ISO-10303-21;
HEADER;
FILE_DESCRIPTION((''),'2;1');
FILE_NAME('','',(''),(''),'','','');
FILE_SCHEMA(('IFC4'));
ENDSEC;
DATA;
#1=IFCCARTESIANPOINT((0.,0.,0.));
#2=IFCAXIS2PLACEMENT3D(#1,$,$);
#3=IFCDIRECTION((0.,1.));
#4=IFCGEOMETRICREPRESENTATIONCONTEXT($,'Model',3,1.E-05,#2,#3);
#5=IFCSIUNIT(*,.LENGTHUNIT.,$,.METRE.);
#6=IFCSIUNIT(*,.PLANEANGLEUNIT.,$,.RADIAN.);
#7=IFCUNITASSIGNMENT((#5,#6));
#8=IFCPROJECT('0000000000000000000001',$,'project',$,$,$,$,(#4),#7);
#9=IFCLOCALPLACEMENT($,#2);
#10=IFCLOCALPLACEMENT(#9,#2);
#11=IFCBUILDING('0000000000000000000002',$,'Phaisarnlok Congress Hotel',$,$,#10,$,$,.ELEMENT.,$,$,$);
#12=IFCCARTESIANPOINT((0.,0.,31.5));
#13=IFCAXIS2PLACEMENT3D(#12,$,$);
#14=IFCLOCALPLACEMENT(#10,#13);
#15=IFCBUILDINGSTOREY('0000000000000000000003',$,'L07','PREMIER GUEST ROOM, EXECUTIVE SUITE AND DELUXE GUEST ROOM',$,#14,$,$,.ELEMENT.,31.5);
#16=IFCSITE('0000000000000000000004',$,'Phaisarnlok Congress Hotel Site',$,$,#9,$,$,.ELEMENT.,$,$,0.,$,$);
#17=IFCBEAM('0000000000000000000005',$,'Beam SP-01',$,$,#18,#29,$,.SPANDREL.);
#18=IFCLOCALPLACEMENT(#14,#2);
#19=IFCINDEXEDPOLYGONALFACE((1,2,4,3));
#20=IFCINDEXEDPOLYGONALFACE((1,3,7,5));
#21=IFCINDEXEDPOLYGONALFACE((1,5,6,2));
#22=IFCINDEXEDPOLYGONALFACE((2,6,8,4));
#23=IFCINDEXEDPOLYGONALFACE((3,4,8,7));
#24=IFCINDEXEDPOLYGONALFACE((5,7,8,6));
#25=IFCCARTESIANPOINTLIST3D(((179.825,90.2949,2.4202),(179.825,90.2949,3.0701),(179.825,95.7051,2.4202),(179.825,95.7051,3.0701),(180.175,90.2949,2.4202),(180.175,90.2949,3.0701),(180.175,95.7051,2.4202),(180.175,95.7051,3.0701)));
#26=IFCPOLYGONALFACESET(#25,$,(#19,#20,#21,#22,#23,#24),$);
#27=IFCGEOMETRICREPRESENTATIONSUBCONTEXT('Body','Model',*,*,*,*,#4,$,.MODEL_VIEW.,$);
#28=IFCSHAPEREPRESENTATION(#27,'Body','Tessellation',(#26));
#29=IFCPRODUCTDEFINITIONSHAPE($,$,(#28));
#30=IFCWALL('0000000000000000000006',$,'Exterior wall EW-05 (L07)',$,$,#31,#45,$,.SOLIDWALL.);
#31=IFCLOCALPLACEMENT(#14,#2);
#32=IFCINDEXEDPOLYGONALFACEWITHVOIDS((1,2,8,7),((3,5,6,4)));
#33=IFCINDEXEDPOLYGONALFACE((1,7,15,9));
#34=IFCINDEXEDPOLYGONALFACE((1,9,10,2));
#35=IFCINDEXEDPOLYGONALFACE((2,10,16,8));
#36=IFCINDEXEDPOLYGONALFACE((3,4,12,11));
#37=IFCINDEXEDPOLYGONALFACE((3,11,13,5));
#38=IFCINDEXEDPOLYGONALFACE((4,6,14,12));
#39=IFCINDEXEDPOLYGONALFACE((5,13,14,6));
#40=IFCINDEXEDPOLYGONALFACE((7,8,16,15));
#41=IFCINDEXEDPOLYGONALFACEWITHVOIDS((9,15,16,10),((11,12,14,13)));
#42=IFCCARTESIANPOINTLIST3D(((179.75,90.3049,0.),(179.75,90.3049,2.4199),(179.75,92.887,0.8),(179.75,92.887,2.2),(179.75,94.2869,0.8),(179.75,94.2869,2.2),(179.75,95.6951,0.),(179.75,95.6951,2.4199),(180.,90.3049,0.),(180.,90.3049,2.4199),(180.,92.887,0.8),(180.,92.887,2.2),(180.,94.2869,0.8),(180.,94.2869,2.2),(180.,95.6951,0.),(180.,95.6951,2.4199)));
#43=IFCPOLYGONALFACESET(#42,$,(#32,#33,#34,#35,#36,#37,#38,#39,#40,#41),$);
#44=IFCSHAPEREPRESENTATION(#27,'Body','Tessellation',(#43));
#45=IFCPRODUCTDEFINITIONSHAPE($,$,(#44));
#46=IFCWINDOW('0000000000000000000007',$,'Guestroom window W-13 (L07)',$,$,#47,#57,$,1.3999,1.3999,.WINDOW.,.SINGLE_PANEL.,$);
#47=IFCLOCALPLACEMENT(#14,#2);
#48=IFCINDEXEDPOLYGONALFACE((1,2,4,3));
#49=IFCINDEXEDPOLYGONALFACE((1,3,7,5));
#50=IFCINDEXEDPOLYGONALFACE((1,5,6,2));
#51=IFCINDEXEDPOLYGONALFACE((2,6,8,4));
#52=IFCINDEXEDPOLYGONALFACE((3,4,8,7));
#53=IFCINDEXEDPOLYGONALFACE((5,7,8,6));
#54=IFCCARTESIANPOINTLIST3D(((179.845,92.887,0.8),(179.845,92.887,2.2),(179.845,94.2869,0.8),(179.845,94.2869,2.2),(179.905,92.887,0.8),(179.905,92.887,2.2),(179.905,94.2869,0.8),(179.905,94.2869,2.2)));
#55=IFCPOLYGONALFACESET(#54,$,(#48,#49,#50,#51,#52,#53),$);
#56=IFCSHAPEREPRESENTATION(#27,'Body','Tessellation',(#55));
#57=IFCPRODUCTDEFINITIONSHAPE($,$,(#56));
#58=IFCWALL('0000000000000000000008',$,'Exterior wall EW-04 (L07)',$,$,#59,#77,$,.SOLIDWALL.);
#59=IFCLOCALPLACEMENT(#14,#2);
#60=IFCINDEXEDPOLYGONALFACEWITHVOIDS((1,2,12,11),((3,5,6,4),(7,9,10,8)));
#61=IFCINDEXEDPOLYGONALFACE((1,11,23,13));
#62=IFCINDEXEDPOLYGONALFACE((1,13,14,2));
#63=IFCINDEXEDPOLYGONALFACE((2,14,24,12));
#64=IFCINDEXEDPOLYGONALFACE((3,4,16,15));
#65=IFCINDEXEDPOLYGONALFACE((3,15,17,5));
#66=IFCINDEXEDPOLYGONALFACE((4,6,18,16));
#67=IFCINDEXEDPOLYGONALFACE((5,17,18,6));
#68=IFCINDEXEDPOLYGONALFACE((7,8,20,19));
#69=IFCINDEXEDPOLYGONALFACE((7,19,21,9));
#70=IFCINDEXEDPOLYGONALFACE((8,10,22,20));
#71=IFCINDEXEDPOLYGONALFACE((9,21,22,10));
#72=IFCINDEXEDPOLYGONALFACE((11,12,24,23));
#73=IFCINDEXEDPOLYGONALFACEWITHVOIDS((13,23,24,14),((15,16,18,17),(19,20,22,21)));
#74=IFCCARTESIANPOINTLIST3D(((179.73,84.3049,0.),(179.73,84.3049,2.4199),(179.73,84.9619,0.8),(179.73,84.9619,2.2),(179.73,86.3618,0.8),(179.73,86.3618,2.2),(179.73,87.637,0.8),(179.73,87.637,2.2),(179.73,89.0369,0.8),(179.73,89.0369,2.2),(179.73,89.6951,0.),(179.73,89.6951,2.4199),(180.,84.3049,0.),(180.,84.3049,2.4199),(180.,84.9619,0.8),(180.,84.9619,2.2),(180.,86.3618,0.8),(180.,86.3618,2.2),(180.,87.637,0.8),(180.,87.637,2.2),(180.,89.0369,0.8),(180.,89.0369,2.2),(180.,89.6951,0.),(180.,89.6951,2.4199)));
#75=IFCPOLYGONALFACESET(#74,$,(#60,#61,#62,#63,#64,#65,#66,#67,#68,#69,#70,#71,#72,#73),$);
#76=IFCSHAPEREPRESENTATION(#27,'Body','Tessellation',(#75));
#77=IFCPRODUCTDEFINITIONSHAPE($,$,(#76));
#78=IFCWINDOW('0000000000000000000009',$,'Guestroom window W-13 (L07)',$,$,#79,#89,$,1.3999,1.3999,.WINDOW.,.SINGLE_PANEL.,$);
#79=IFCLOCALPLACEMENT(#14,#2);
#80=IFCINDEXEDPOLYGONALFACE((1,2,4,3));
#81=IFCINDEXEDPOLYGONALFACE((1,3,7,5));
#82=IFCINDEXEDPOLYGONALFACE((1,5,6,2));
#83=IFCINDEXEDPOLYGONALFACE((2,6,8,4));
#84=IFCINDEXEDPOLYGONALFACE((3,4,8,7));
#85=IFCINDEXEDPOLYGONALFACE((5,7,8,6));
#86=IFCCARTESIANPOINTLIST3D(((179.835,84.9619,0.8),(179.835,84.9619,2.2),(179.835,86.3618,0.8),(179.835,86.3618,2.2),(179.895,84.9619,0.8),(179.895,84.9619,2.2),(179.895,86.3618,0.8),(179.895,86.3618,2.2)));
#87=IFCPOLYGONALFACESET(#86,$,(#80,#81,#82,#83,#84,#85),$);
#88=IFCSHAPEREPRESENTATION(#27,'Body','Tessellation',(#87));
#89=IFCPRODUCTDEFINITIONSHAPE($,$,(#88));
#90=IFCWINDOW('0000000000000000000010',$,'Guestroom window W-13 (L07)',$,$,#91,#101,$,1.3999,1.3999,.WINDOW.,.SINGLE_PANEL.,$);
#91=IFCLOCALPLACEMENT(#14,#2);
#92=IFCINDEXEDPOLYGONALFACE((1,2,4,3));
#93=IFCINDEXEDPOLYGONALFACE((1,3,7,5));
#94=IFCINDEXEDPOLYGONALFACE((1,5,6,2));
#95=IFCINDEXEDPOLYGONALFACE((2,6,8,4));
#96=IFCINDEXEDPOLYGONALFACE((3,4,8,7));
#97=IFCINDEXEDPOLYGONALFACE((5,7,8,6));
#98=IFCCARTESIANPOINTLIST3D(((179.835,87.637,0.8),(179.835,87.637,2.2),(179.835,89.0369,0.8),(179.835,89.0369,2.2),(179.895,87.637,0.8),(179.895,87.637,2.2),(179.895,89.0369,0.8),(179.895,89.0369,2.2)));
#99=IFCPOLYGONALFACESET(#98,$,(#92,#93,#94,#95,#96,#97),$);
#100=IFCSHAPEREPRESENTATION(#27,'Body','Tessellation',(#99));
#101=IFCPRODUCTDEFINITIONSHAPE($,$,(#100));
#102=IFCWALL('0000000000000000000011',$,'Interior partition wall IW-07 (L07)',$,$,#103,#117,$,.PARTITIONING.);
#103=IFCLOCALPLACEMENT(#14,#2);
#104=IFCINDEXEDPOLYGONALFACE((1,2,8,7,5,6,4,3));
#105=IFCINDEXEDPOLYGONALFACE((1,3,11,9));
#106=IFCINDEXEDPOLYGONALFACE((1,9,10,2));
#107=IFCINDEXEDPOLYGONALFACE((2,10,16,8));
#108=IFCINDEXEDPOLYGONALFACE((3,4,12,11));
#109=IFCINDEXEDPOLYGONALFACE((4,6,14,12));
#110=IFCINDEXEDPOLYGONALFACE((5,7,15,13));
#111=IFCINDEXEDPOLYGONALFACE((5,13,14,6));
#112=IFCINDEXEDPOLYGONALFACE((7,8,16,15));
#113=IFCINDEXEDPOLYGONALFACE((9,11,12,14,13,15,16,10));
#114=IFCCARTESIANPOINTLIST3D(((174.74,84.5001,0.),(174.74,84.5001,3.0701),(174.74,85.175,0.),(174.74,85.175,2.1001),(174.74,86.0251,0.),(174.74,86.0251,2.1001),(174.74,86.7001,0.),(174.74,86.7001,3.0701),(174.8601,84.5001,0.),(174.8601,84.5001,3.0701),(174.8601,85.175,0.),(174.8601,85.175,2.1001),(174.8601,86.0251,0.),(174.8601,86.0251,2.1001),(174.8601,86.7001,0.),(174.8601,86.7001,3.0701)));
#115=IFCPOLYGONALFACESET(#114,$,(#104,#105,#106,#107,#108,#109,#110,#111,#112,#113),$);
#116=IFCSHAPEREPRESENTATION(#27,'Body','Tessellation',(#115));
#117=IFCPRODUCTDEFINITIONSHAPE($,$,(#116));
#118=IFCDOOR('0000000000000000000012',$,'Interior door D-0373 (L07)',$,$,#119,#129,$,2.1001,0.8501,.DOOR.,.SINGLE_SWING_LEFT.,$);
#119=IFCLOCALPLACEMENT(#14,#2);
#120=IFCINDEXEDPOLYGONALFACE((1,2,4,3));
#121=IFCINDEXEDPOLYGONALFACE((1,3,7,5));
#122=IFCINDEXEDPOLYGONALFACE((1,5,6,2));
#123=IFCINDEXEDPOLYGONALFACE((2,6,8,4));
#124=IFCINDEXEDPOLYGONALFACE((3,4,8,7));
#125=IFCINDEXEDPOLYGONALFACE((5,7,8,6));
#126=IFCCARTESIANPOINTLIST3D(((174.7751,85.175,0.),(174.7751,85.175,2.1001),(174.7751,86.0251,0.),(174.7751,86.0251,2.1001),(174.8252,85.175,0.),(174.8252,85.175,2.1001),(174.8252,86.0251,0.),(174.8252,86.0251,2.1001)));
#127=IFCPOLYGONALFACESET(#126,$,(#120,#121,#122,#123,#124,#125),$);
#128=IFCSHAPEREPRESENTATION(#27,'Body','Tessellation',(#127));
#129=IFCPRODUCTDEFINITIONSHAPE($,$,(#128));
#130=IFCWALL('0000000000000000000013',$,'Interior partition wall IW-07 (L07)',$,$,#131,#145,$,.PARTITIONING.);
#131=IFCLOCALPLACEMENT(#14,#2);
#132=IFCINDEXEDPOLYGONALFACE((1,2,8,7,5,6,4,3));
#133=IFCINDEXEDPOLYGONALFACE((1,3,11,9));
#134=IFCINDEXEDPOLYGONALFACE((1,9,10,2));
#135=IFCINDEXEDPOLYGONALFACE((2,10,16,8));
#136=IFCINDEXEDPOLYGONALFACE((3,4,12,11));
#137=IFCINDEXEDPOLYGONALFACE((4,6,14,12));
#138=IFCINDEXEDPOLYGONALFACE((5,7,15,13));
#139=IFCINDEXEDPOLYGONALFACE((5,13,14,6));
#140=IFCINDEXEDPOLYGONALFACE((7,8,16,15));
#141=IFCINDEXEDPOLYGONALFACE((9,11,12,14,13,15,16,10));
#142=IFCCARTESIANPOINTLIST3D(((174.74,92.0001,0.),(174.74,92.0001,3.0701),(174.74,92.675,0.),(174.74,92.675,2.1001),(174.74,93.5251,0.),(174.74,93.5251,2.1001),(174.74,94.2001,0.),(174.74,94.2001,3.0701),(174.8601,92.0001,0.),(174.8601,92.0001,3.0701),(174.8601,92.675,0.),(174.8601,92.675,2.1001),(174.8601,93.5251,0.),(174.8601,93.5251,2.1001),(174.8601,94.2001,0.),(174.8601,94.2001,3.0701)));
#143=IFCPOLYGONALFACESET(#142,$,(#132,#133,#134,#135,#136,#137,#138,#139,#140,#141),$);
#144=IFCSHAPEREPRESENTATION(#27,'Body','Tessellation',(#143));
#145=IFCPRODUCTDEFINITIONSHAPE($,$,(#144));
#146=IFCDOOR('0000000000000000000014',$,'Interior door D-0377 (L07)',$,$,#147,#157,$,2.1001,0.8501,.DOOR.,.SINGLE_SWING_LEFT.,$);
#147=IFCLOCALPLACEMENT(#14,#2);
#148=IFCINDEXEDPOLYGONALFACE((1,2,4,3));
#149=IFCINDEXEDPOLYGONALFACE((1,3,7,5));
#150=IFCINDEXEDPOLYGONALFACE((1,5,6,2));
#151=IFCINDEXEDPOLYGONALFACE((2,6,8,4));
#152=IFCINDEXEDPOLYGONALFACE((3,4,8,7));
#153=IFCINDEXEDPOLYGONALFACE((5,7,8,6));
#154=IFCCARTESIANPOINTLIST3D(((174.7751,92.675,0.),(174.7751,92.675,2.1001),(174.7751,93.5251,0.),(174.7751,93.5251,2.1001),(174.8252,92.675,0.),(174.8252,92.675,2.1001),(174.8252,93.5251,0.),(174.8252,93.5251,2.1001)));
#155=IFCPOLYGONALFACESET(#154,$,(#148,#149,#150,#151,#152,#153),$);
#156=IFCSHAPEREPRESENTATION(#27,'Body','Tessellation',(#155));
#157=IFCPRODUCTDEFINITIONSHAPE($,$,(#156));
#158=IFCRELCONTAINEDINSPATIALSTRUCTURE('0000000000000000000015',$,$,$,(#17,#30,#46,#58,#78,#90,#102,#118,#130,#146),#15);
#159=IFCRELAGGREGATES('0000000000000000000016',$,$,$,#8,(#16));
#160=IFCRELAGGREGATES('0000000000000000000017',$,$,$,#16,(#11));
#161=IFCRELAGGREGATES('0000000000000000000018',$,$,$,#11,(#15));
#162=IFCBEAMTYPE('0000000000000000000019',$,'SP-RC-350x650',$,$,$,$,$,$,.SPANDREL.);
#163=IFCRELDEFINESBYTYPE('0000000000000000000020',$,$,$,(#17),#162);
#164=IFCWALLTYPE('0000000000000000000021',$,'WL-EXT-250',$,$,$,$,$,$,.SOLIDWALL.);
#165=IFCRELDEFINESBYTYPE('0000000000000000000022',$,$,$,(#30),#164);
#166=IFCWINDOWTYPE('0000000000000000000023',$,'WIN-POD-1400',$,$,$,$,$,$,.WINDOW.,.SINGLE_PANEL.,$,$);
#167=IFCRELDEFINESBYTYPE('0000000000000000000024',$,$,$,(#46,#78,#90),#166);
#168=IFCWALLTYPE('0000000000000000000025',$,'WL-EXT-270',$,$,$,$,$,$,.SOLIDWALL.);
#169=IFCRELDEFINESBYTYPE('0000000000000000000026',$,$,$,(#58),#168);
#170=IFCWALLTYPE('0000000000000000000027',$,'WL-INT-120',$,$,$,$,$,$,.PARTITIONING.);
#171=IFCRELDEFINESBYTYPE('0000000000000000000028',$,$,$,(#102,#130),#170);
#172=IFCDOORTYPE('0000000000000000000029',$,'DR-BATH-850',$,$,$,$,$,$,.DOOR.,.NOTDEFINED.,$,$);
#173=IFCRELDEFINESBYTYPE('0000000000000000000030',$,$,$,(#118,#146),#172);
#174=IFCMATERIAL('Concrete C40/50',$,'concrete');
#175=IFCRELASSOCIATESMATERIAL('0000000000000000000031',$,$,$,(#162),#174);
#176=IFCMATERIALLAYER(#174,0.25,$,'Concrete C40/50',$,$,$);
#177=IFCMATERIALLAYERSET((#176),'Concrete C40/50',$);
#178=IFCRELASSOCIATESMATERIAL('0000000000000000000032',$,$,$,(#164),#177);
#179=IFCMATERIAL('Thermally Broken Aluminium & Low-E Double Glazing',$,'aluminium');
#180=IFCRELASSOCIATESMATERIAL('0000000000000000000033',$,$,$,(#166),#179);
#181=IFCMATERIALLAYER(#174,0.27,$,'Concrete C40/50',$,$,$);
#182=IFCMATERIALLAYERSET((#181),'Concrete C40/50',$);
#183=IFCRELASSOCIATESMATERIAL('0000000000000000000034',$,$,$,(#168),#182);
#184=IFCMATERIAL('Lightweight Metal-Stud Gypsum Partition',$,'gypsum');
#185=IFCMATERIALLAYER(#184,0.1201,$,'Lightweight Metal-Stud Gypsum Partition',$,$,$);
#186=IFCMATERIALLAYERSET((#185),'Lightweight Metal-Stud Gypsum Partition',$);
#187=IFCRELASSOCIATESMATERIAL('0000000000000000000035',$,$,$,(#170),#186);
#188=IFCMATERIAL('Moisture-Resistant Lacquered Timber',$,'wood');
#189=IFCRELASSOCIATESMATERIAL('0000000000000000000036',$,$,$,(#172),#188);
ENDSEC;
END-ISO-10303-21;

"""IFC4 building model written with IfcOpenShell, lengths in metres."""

from ifc_helpers import new_model, si_unit, direction, frame, frame_2d, origin, origin_2d, place, context, subcontext, project, spatial, rectangle, extrude, material, layer, layer_set, material_profile, profile_set, type_object, element, fill, save


model = new_model("IFC4")

# Units and contexts
model_context = context("Model", 3, precision=1e-05, world=origin(), true_north=direction((0.0, 1.0)))
body_context = subcontext(model_context, "Body", "Model", "MODEL_VIEW")
ifc_project = project(units=[si_unit("LENGTHUNIT", "METRE"), si_unit("PLANEANGLEUNIT", "RADIAN")], contexts=[model_context])

# Site, building, storey
site_placement = place(None, origin())
site = spatial("IfcSite", under=ifc_project, at=site_placement, Name="Phaisarnlok Congress Hotel Site", CompositionType="ELEMENT", RefElevation=0.0)
building_placement = place(site_placement, origin())
building = spatial("IfcBuilding", under=site, at=building_placement, Name="Phaisarnlok Congress Hotel", CompositionType="ELEMENT")
storey_placement = place(building_placement, frame((0.0, 0.0, 31.5)))
storey = spatial("IfcBuildingStorey", under=building, at=storey_placement, Name="L07", Description="PREMIER GUEST ROOM, EXECUTIVE SUITE AND DELUXE GUEST ROOM", CompositionType="ELEMENT", Elevation=31.5)

# Beam
ifc_material_1 = material(Name="Concrete C40/50", Category="concrete")
ifc_material_profile_1 = material_profile(ifc_material_1, rectangle(XDim=0.3501, YDim=0.6499, at=origin_2d()), Name="RC 350x650")
ifc_profile_set_1 = profile_set([ifc_material_profile_1], Name="Concrete C40/50")
beam_type_1 = type_object("IfcBeamType", Name="SP-RC-350x650", PredefinedType="SPANDREL", material=ifc_profile_set_1)
for number, where, z_axis, x_axis, name in (
    (1, (180.0, 90.2949, 2.7451), (0.0, 1.0, 0.0), (-1.0, 0.0, 0.0), "Beam SP-01"),
):
    element("IfcBeam", number, at=place(storey_placement, frame(where, z_axis=z_axis, x_axis=x_axis)), inside=storey, type_object=beam_type_1, Name=name, PredefinedType="SPANDREL", context=body_context, shape_type="SweptSolid", body=[
        extrude(rectangle(XDim=0.3501, YDim=0.6499, at=origin_2d()), origin(), (0.0, 0.0, 1.0), 5.4102),
    ])

# Wall, opening, window
ifc_layer_1 = layer(ifc_material_1, 0.25, Name="Concrete C40/50")
ifc_layer_set_1 = layer_set([ifc_layer_1], Name="Concrete C40/50")
wall_type_1 = type_object("IfcWallType", Name="WL-EXT-250", PredefinedType="SOLIDWALL", material=ifc_layer_set_1)
wall_1_placement = place(storey_placement, frame((179.875, 90.3049, 0.0), z_axis=(0.0, 0.0, 1.0), x_axis=(0.0, 1.0, 0.0)))
wall_1 = element("IfcWall", 2, at=wall_1_placement, inside=storey, type_object=wall_type_1, Name="Exterior wall EW-05 (L07)", PredefinedType="SOLIDWALL", context=body_context, shape_type="SweptSolid", body=[
    extrude(rectangle(XDim=5.3901, YDim=0.25, at=frame_2d((2.6951, 0.0))), origin(), (0.0, 0.0, 1.0), 2.4199),
])
opening_1_placement = place(wall_1_placement, frame((2.582, 0.0, 0.8)))
opening_1 = element("IfcOpeningElement", 3, at=opening_1_placement, cuts=wall_1, PredefinedType="OPENING", context=body_context, shape_type="SweptSolid", body=[
    extrude(rectangle(XDim=1.3999, YDim=1.3999, at=frame_2d((0.7, 0.7))), frame((0.0, 0.135, 0.0), z_axis=(0.0, -1.0, 0.0), x_axis=(1.0, 0.0, 0.0)), (0.0, 0.0, 1.0), 0.27),
])
ifc_material_2 = material(Name="Thermally Broken Aluminium & Low-E Double Glazing", Category="aluminium")
window_type = type_object("IfcWindowType", Name="WIN-POD-1400", PartitioningType="SINGLE_PANEL", PredefinedType="WINDOW", material=ifc_material_2)
window_1_placement = place(opening_1_placement, origin())
window_1 = element("IfcWindow", 4, at=window_1_placement, inside=storey, type_object=window_type, Name="Guestroom window W-13 (L07)", OverallHeight=1.3999, OverallWidth=1.3999, PartitioningType="SINGLE_PANEL", PredefinedType="WINDOW", context=body_context, shape_type="SweptSolid", body=[
    extrude(rectangle(XDim=1.3999, YDim=1.3999, at=frame_2d((0.7, 0.7))), frame((0.0, 0.03, 0.0), z_axis=(0.0, -1.0, 0.0), x_axis=(1.0, 0.0, 0.0)), (0.0, 0.0, 1.0), 0.0601),
])
fill(opening_1, window_1)

# Wall, openings, windows
ifc_layer_2 = layer(ifc_material_1, 0.27, Name="Concrete C40/50")
ifc_layer_set_2 = layer_set([ifc_layer_2], Name="Concrete C40/50")
wall_type_2 = type_object("IfcWallType", Name="WL-EXT-270", PredefinedType="SOLIDWALL", material=ifc_layer_set_2)
wall_2_placement = place(storey_placement, frame((179.865, 84.3049, 0.0), z_axis=(0.0, 0.0, 1.0), x_axis=(0.0, 1.0, 0.0)))
wall_2 = element("IfcWall", 5, at=wall_2_placement, inside=storey, type_object=wall_type_2, Name="Exterior wall EW-04 (L07)", PredefinedType="SOLIDWALL", context=body_context, shape_type="SweptSolid", body=[
    extrude(rectangle(XDim=5.3901, YDim=0.27, at=frame_2d((2.6951, 0.0))), origin(), (0.0, 0.0, 1.0), 2.4199),
])
opening_2_placement = place(wall_2_placement, frame((0.657, 0.0, 0.8)))
opening_2 = element("IfcOpeningElement", 6, at=opening_2_placement, cuts=wall_2, PredefinedType="OPENING", context=body_context, shape_type="SweptSolid", body=[
    extrude(rectangle(XDim=1.3999, YDim=1.3999, at=frame_2d((0.7, 0.7))), frame((0.0, 0.145, 0.0), z_axis=(0.0, -1.0, 0.0), x_axis=(1.0, 0.0, 0.0)), (0.0, 0.0, 1.0), 0.29),
])
opening_3_placement = place(wall_2_placement, frame((3.332, 0.0, 0.8)))
opening_3 = element("IfcOpeningElement", 7, at=opening_3_placement, cuts=wall_2, PredefinedType="OPENING", context=body_context, shape_type="SweptSolid", body=[
    extrude(rectangle(XDim=1.3999, YDim=1.3999, at=frame_2d((0.7, 0.7))), frame((0.0, 0.145, 0.0), z_axis=(0.0, -1.0, 0.0), x_axis=(1.0, 0.0, 0.0)), (0.0, 0.0, 1.0), 0.29),
])
window_2_placement = place(opening_2_placement, origin())
window_2 = element("IfcWindow", 8, at=window_2_placement, inside=storey, type_object=window_type, Name="Guestroom window W-13 (L07)", OverallHeight=1.3999, OverallWidth=1.3999, PartitioningType="SINGLE_PANEL", PredefinedType="WINDOW", context=body_context, shape_type="SweptSolid", body=[
    extrude(rectangle(XDim=1.3999, YDim=1.3999, at=frame_2d((0.7, 0.7))), frame((0.0, 0.03, 0.0), z_axis=(0.0, -1.0, 0.0), x_axis=(1.0, 0.0, 0.0)), (0.0, 0.0, 1.0), 0.0601),
])
fill(opening_2, window_2)
window_3_placement = place(opening_3_placement, origin())
window_3 = element("IfcWindow", 9, at=window_3_placement, inside=storey, type_object=window_type, Name="Guestroom window W-13 (L07)", OverallHeight=1.3999, OverallWidth=1.3999, PartitioningType="SINGLE_PANEL", PredefinedType="WINDOW", context=body_context, shape_type="SweptSolid", body=[
    extrude(rectangle(XDim=1.3999, YDim=1.3999, at=frame_2d((0.7, 0.7))), frame((0.0, 0.03, 0.0), z_axis=(0.0, -1.0, 0.0), x_axis=(1.0, 0.0, 0.0)), (0.0, 0.0, 1.0), 0.0601),
])
fill(opening_3, window_3)

# Walls, openings, doors
ifc_material_3 = material(Name="Lightweight Metal-Stud Gypsum Partition", Category="gypsum")
ifc_layer_3 = layer(ifc_material_3, 0.1201, Name="Lightweight Metal-Stud Gypsum Partition")
ifc_layer_set_3 = layer_set([ifc_layer_3], Name="Lightweight Metal-Stud Gypsum Partition")
wall_type_3 = type_object("IfcWallType", Name="WL-INT-120", PredefinedType="PARTITIONING", material=ifc_layer_set_3)
wall_3_placement = place(storey_placement, frame((174.8, 84.5, 0.0), z_axis=(0.0, 0.0, 1.0), x_axis=(0.0, 1.0, 0.0)))
wall_3 = element("IfcWall", 10, at=wall_3_placement, inside=storey, type_object=wall_type_3, Name="Interior partition wall IW-07 (L07)", PredefinedType="PARTITIONING", context=body_context, shape_type="SweptSolid", body=[
    extrude(rectangle(XDim=2.2, YDim=0.1201, at=frame_2d((1.1001, 0.0))), origin(), (0.0, 0.0, 1.0), 3.0701),
])
opening_4_placement = place(wall_3_placement, frame((0.675, 0.0, 0.0)))
opening_4 = element("IfcOpeningElement", 11, at=opening_4_placement, cuts=wall_3, PredefinedType="OPENING", context=body_context, shape_type="SweptSolid", body=[
    extrude(rectangle(XDim=0.8501, YDim=2.1001, at=frame_2d((0.425, 1.05))), frame((0.0, 0.0701, 0.0), z_axis=(0.0, -1.0, 0.0), x_axis=(1.0, 0.0, 0.0)), (0.0, 0.0, 1.0), 0.1401),
])
ifc_material_4 = material(Name="Moisture-Resistant Lacquered Timber", Category="wood")
door_type = type_object("IfcDoorType", Name="DR-BATH-850", OperationType="NOTDEFINED", PredefinedType="DOOR", material=ifc_material_4)
door_1_placement = place(opening_4_placement, origin())
door_1 = element("IfcDoor", 12, at=door_1_placement, inside=storey, type_object=door_type, Name="Interior door D-0373 (L07)", OperationType="SINGLE_SWING_LEFT", OverallHeight=2.1001, OverallWidth=0.8501, PredefinedType="DOOR", context=body_context, shape_type="SweptSolid", body=[
    extrude(rectangle(XDim=0.8501, YDim=2.1001, at=frame_2d((0.425, 1.05))), frame((0.0, 0.0249, 0.0), z_axis=(0.0, -1.0, 0.0), x_axis=(1.0, 0.0, 0.0)), (0.0, 0.0, 1.0), 0.05),
])
fill(opening_4, door_1)
wall_4_placement = place(storey_placement, frame((174.8, 92.0, 0.0), z_axis=(0.0, 0.0, 1.0), x_axis=(0.0, 1.0, 0.0)))
wall_4 = element("IfcWall", 13, at=wall_4_placement, inside=storey, type_object=wall_type_3, Name="Interior partition wall IW-07 (L07)", PredefinedType="PARTITIONING", context=body_context, shape_type="SweptSolid", body=[
    extrude(rectangle(XDim=2.2, YDim=0.1201, at=frame_2d((1.1001, 0.0))), origin(), (0.0, 0.0, 1.0), 3.0701),
])
opening_5_placement = place(wall_4_placement, frame((0.675, 0.0, 0.0)))
opening_5 = element("IfcOpeningElement", 14, at=opening_5_placement, cuts=wall_4, PredefinedType="OPENING", context=body_context, shape_type="SweptSolid", body=[
    extrude(rectangle(XDim=0.8501, YDim=2.1001, at=frame_2d((0.425, 1.05))), frame((0.0, 0.0701, 0.0), z_axis=(0.0, -1.0, 0.0), x_axis=(1.0, 0.0, 0.0)), (0.0, 0.0, 1.0), 0.1401),
])
door_2_placement = place(opening_5_placement, origin())
door_2 = element("IfcDoor", 15, at=door_2_placement, inside=storey, type_object=door_type, Name="Interior door D-0377 (L07)", OperationType="SINGLE_SWING_LEFT", OverallHeight=2.1001, OverallWidth=0.8501, PredefinedType="DOOR", context=body_context, shape_type="SweptSolid", body=[
    extrude(rectangle(XDim=0.8501, YDim=2.1001, at=frame_2d((0.425, 1.05))), frame((0.0, 0.0249, 0.0), z_axis=(0.0, -1.0, 0.0), x_axis=(1.0, 0.0, 0.0)), (0.0, 0.0, 1.0), 0.05),
])
fill(opening_5, door_2)

save(model, "model.ifc")
